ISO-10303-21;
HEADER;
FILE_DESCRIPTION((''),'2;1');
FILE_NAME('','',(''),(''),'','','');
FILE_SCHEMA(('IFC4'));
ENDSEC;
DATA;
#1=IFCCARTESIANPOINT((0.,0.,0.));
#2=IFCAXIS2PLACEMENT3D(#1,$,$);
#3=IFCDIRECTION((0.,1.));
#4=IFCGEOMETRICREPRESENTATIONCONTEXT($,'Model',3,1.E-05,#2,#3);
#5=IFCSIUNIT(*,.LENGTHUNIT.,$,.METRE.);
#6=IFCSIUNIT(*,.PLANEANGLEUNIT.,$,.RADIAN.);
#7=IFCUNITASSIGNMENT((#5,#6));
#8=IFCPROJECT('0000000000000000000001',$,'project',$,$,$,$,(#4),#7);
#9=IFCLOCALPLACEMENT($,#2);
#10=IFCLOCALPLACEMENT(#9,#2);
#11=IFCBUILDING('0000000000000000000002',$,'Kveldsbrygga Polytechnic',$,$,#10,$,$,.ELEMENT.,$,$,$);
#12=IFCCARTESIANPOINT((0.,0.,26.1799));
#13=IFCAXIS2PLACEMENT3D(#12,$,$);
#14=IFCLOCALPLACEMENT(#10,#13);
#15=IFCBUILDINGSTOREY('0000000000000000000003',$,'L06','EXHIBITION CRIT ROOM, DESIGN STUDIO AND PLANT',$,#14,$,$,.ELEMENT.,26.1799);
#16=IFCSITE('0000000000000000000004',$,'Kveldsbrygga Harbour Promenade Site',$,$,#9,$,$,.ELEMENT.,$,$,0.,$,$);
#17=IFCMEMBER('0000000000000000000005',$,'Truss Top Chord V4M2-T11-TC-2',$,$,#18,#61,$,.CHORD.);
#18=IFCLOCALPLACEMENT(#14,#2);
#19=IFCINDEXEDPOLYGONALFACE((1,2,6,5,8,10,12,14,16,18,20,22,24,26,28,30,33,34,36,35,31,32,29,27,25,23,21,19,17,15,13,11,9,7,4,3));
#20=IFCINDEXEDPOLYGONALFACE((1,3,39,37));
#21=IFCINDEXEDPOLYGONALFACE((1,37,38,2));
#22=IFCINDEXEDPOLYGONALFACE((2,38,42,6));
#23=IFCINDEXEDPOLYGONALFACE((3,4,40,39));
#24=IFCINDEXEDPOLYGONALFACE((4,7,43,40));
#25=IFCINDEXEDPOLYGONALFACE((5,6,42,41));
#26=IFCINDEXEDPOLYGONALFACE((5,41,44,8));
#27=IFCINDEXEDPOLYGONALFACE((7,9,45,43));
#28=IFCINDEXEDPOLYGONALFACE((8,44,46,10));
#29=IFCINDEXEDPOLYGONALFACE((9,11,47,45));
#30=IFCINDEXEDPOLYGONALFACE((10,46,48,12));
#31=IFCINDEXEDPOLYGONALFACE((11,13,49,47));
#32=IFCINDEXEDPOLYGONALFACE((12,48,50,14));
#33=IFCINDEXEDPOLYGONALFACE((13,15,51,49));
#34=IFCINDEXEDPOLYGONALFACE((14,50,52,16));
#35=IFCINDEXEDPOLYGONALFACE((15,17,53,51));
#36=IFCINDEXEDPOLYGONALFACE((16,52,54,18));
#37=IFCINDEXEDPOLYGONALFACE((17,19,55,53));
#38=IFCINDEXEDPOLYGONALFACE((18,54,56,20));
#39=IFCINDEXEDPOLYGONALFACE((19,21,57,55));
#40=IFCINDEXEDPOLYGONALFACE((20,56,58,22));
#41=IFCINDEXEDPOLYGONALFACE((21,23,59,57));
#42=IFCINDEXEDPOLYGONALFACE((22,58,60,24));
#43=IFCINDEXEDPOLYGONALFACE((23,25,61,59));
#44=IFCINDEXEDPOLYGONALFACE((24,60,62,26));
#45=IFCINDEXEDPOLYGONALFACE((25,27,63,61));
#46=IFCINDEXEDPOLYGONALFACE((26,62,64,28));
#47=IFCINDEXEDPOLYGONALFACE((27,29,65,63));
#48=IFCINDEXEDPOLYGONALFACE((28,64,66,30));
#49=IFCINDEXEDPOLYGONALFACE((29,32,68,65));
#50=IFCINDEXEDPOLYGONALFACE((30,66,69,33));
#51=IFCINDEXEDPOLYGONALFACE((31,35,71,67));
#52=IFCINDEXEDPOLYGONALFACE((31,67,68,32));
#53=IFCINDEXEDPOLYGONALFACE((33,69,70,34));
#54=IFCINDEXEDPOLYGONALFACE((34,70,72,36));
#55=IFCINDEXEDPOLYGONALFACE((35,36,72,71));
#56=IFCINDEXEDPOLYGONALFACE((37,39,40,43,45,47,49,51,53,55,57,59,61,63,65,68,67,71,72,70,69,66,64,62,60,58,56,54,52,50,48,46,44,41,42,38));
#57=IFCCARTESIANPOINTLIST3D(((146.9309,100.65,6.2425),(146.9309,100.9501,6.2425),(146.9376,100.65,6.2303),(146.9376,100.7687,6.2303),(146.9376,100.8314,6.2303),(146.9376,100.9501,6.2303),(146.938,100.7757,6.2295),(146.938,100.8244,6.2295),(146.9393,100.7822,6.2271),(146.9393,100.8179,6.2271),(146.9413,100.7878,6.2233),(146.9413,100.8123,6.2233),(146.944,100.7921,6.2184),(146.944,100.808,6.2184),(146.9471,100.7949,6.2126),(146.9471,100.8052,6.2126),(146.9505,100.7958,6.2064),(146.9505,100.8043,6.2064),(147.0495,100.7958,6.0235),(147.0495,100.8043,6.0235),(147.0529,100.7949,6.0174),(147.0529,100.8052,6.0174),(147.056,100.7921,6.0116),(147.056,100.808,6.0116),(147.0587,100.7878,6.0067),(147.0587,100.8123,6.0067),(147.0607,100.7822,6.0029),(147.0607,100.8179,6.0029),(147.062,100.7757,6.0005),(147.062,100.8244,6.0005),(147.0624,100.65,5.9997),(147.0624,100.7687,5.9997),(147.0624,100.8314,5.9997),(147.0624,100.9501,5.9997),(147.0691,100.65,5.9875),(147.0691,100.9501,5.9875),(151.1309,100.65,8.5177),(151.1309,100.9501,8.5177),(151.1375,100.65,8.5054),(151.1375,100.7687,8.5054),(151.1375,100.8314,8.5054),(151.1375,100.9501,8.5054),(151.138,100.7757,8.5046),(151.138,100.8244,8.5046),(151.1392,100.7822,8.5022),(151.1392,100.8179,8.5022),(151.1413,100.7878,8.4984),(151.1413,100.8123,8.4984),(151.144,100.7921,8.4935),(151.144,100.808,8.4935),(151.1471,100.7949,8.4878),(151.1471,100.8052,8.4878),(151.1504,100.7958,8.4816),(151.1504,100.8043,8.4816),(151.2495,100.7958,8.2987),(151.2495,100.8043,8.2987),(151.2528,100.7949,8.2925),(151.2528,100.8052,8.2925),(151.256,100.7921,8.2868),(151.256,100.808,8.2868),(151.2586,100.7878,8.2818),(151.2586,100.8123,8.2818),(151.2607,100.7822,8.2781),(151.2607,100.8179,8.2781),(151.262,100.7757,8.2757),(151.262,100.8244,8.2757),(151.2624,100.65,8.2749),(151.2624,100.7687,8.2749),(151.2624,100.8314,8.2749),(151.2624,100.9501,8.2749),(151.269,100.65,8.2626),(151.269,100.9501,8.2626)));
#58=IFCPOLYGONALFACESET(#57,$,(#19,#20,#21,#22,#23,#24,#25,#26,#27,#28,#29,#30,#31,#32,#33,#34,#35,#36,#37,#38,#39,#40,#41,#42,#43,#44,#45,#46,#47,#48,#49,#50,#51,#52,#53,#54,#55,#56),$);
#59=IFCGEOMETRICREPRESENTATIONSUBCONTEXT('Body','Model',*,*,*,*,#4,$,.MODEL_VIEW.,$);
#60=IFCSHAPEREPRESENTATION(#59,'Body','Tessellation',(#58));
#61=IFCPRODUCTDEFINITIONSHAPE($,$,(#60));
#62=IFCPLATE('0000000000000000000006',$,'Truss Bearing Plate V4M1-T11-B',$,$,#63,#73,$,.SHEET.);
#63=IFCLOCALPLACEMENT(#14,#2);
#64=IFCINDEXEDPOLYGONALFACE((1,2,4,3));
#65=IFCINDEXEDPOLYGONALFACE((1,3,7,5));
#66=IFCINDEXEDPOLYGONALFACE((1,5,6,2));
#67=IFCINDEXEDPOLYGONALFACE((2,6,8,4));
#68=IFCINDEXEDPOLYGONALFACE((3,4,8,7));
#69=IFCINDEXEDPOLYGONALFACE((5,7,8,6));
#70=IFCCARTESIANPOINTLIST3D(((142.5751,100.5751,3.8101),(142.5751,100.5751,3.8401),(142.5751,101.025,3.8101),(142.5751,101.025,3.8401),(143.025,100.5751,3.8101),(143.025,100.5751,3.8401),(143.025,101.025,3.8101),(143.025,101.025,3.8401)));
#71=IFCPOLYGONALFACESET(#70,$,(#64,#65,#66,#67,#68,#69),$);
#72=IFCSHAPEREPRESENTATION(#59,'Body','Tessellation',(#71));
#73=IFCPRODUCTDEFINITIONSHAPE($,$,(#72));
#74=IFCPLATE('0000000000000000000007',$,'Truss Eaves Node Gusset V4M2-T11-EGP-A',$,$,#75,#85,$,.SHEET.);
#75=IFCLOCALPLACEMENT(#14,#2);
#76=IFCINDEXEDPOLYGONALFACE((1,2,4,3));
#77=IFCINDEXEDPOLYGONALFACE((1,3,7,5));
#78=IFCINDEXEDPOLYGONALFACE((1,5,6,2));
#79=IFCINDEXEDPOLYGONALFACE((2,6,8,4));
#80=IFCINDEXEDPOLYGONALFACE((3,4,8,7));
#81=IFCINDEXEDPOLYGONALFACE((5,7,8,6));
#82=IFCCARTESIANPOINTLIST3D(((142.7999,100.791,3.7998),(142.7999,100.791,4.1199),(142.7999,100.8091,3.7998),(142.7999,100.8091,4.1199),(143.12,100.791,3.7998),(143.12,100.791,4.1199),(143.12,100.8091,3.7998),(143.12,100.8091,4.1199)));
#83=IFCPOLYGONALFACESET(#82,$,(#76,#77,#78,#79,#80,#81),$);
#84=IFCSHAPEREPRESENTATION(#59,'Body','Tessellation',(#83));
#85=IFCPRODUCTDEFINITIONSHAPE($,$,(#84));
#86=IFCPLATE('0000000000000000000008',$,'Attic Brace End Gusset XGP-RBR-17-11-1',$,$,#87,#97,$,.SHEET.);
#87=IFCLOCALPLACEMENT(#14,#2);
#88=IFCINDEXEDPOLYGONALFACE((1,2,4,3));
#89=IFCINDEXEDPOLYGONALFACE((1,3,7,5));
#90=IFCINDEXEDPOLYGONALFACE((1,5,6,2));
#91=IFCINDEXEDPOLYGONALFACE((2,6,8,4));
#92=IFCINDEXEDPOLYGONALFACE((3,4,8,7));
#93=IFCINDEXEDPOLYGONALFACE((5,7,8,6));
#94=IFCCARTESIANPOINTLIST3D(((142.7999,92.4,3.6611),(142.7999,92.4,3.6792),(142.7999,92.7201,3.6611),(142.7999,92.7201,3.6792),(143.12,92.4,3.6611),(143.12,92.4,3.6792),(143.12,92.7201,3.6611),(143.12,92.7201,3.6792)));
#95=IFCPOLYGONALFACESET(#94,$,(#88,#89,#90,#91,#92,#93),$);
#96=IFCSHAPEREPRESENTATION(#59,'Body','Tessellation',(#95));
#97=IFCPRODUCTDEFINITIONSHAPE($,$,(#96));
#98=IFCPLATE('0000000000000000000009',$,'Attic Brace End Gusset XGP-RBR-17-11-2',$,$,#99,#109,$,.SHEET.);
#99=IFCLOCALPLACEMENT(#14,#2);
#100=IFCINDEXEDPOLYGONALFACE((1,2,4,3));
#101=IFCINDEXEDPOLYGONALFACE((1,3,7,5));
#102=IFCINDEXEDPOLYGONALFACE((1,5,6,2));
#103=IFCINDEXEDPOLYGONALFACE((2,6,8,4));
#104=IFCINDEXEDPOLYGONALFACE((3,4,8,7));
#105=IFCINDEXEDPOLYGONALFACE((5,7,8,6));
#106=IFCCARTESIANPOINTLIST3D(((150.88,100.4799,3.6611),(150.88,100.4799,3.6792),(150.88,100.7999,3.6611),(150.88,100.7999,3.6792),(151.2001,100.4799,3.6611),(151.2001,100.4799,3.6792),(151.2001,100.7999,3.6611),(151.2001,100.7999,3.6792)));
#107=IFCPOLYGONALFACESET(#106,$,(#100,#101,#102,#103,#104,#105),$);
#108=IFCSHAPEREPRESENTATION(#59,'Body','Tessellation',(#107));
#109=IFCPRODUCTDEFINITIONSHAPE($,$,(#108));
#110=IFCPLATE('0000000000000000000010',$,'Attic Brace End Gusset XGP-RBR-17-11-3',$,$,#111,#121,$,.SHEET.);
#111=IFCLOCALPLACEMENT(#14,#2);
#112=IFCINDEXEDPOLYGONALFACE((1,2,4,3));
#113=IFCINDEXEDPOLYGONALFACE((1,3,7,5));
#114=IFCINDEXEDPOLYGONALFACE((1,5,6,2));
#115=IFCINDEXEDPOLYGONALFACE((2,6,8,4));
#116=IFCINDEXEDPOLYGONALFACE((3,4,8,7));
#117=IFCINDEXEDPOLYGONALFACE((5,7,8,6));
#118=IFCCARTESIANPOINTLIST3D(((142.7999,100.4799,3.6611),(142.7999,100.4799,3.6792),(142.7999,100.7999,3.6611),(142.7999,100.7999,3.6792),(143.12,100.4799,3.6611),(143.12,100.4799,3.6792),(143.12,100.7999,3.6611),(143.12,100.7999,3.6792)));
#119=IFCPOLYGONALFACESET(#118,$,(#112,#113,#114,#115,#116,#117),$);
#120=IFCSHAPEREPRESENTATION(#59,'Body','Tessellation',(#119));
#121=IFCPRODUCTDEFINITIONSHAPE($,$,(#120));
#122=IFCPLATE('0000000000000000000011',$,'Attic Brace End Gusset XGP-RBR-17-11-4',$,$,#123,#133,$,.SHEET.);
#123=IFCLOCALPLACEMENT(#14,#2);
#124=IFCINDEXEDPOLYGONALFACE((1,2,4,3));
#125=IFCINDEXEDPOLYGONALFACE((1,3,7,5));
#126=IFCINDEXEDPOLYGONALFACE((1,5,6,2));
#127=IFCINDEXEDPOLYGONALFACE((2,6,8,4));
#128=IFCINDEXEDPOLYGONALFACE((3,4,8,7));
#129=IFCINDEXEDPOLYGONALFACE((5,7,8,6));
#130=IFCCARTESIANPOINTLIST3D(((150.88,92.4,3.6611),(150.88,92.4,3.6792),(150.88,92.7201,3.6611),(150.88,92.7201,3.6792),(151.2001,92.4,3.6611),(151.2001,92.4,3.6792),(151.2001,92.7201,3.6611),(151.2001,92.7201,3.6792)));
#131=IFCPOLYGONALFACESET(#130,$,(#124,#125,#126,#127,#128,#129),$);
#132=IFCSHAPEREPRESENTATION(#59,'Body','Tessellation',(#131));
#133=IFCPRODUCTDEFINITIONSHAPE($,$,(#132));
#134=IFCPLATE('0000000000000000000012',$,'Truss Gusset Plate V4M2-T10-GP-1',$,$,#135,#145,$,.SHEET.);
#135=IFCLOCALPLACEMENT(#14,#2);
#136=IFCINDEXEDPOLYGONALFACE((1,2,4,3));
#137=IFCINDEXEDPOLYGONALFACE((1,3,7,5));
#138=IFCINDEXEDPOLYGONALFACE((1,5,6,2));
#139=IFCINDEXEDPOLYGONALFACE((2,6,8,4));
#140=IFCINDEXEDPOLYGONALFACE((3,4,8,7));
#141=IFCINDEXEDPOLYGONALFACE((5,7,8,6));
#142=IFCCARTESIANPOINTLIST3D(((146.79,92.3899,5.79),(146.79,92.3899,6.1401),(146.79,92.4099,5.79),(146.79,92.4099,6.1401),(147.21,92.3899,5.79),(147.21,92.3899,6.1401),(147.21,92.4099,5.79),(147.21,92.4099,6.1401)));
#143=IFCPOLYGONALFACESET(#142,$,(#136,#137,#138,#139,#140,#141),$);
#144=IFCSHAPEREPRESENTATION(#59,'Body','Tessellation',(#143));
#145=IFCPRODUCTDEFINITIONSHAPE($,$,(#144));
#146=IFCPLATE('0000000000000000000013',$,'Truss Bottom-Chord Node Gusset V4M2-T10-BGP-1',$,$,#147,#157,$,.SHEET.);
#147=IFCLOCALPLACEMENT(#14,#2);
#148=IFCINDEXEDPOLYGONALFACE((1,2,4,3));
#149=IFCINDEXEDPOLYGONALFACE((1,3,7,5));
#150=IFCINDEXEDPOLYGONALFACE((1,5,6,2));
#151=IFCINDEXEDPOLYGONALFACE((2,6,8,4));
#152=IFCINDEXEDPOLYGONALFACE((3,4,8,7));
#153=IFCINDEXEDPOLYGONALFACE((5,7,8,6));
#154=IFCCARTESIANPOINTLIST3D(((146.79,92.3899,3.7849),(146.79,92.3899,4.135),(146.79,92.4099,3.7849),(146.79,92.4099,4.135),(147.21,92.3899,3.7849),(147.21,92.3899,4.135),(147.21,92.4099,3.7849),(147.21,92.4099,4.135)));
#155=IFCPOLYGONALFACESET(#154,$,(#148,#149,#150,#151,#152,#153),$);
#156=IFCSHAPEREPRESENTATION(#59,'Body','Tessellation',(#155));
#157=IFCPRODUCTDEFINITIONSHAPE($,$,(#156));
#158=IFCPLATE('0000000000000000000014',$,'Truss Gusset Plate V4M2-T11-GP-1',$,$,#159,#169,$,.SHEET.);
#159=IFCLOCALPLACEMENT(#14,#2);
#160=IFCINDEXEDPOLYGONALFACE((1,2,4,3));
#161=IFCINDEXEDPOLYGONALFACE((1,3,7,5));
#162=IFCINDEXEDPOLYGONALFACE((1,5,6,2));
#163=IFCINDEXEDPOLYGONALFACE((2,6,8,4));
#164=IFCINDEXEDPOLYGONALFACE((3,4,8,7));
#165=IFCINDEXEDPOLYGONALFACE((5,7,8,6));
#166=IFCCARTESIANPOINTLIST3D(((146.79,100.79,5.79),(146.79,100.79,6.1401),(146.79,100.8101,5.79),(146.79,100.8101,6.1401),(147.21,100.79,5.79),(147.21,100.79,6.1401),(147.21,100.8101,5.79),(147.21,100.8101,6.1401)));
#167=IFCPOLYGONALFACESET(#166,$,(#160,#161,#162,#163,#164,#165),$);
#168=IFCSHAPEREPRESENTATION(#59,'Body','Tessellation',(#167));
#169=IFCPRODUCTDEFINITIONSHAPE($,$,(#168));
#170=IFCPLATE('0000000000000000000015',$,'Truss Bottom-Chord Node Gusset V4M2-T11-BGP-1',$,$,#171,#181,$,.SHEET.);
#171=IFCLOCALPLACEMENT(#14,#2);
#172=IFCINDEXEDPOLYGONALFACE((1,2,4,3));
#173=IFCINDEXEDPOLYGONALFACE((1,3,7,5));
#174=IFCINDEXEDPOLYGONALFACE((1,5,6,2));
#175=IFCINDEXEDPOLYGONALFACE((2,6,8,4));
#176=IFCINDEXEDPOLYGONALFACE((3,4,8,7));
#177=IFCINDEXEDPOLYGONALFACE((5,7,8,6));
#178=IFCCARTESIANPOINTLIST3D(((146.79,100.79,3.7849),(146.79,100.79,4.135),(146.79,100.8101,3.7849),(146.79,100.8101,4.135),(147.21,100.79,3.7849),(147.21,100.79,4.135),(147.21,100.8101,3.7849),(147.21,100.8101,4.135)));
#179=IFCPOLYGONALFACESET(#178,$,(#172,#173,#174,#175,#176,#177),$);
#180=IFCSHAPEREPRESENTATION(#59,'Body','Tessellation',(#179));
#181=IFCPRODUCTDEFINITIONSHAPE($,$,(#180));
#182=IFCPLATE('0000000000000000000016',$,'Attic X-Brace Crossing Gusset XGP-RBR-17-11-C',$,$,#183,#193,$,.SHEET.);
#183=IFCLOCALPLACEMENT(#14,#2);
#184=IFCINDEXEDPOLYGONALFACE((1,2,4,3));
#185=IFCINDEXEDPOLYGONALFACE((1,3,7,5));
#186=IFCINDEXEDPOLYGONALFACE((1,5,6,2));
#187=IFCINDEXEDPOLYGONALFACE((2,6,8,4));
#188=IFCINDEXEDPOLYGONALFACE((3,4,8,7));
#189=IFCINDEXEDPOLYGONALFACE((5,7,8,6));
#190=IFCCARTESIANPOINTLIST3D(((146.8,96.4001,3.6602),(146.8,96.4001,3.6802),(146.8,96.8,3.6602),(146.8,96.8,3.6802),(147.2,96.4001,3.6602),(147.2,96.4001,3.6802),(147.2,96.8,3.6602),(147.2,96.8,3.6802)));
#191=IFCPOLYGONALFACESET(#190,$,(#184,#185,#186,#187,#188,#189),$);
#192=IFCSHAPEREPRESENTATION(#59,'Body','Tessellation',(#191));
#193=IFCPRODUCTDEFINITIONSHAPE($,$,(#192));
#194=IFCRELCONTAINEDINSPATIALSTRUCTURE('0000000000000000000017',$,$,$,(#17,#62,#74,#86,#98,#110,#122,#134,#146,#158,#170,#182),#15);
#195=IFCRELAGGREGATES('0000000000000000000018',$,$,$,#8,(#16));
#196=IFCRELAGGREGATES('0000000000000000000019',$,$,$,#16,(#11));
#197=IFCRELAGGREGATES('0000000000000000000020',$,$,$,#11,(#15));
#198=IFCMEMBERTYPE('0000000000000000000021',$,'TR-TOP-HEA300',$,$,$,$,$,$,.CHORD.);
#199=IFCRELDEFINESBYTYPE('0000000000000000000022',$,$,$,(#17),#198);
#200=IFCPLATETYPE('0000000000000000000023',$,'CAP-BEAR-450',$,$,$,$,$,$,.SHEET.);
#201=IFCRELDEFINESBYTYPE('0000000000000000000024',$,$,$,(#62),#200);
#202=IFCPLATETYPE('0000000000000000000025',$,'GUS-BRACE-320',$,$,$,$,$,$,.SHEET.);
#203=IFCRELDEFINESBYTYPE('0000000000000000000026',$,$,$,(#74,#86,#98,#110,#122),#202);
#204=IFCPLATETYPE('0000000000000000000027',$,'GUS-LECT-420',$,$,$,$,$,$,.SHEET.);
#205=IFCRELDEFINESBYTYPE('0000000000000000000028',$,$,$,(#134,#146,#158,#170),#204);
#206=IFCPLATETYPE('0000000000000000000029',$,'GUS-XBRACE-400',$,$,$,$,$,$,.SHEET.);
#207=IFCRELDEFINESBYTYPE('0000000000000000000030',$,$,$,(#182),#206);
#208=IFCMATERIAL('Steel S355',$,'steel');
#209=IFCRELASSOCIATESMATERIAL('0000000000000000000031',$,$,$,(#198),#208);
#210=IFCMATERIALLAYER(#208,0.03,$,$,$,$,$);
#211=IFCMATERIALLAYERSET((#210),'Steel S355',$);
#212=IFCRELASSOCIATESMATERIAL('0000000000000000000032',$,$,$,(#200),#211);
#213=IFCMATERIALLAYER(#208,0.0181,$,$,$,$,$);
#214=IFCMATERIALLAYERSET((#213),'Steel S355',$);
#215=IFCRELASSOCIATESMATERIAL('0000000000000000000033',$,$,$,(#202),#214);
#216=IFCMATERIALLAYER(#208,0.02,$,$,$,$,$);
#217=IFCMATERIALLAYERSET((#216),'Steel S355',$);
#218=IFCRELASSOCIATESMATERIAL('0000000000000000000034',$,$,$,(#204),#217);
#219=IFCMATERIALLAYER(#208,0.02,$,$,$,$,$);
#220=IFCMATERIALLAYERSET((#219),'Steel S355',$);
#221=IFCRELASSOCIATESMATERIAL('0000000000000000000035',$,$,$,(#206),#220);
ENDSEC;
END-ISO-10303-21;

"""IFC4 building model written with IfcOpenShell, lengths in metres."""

from ifc_helpers import new_model, si_unit, direction, frame, origin, origin_2d, place, context, subcontext, project, spatial, rectangle, i_section, extrude, material, layer, layer_set, material_profile, profile_set, type_object, element, save


model = new_model("IFC4")

# Units and contexts
model_context = context("Model", 3, precision=1e-05, world=origin(), true_north=direction((0.0, 1.0)))
body_context = subcontext(model_context, "Body", "Model", "MODEL_VIEW")
ifc_project = project(units=[si_unit("LENGTHUNIT", "METRE"), si_unit("PLANEANGLEUNIT", "RADIAN")], contexts=[model_context])

# Site, building, storey
site_placement = place(None, origin())
site = spatial("IfcSite", under=ifc_project, at=site_placement, Name="Kveldsbrygga Harbour Promenade Site", CompositionType="ELEMENT", RefElevation=0.0)
building_placement = place(site_placement, origin())
building = spatial("IfcBuilding", under=site, at=building_placement, Name="Kveldsbrygga Polytechnic", CompositionType="ELEMENT")
storey_placement = place(building_placement, frame((0.0, 0.0, 26.1799)))
storey = spatial("IfcBuildingStorey", under=building, at=storey_placement, Name="L06", Description="EXHIBITION CRIT ROOM, DESIGN STUDIO AND PLANT", CompositionType="ELEMENT", Elevation=26.1799)

# Member
ifc_material_1 = material(Name="Steel S355", Category="steel")
ifc_material_profile_1 = material_profile(ifc_material_1, i_section(OverallWidth=0.3, OverallDepth=0.29, WebThickness=0.0085, FlangeThickness=0.0139, FilletRadius=0.0271, at=origin_2d()), Name="HEA 300")
ifc_profile_set_1 = profile_set([ifc_material_profile_1], Name="Steel S355")
member_type_1 = type_object("IfcMemberType", Name="TR-TOP-HEA300", PredefinedType="CHORD", material=ifc_profile_set_1)
member_1_placement = place(storey_placement, frame((147.0, 100.8, 6.115), z_axis=(0.879277, 0.0, 0.476311), x_axis=(0.0, 1.0, 0.0)))
element("IfcMember", 1, at=member_1_placement, inside=storey, type_object=member_type_1, Name="Truss Top Chord V4M2-T11-TC-2", PredefinedType="CHORD", context=body_context, shape_type="SweptSolid", body=[
    extrude(i_section(OverallWidth=0.3, OverallDepth=0.29, WebThickness=0.0085, FlangeThickness=0.0139, FilletRadius=0.0271, at=origin_2d()), origin(), (0.0, 0.0, 1.0), 4.7766),
])

# Plates
ifc_layer_1 = layer(ifc_material_1, 0.03)
ifc_layer_set_1 = layer_set([ifc_layer_1], Name="Steel S355")
plate_type_1 = type_object("IfcPlateType", Name="CAP-BEAR-450", PredefinedType="SHEET", material=ifc_layer_set_1)
plate_1_placement = place(storey_placement, frame((142.8, 100.8, 3.8101), z_axis=(0.0, 0.0, 1.0), x_axis=(1.0, 0.0, 0.0)))
element("IfcPlate", 2, at=plate_1_placement, inside=storey, type_object=plate_type_1, Name="Truss Bearing Plate V4M1-T11-B", PredefinedType="SHEET", context=body_context, shape_type="SweptSolid", body=[
    extrude(rectangle(XDim=0.45, YDim=0.45, at=origin_2d()), origin(), (0.0, 0.0, 1.0), 0.03),
])
ifc_layer_2 = layer(ifc_material_1, 0.0181)
ifc_layer_set_2 = layer_set([ifc_layer_2], Name="Steel S355")
plate_type_2 = type_object("IfcPlateType", Name="GUS-BRACE-320", PredefinedType="SHEET", material=ifc_layer_set_2)
plate_2_placement = place(storey_placement, frame((142.96, 100.8, 3.7998), z_axis=(0.0, 0.0, 1.0), x_axis=(1.0, 0.0, 0.0)))
element("IfcPlate", 3, at=plate_2_placement, inside=storey, type_object=plate_type_2, Name="Truss Eaves Node Gusset V4M2-T11-EGP-A", PredefinedType="SHEET", context=body_context, shape_type="SweptSolid", body=[
    extrude(rectangle(XDim=0.3201, YDim=0.0181, at=origin_2d()), origin(), (0.0, 0.0, 1.0), 0.3201),
])
for number, where, z_axis, x_axis, name in (
    (4, (142.96, 92.5601, 3.6611), (0.0, 0.0, 1.0), (1.0, 0.0, 0.0), "Attic Brace End Gusset XGP-RBR-17-11-1"),
    (5, (151.04, 100.6399, 3.6611), (0.0, 0.0, 1.0), (1.0, 0.0, 0.0), "Attic Brace End Gusset XGP-RBR-17-11-2"),
    (6, (142.96, 100.6399, 3.6611), (0.0, 0.0, 1.0), (1.0, 0.0, 0.0), "Attic Brace End Gusset XGP-RBR-17-11-3"),
    (7, (151.04, 92.5601, 3.6611), (0.0, 0.0, 1.0), (1.0, 0.0, 0.0), "Attic Brace End Gusset XGP-RBR-17-11-4"),
):
    element("IfcPlate", number, at=place(storey_placement, frame(where, z_axis=z_axis, x_axis=x_axis)), inside=storey, type_object=plate_type_2, Name=name, PredefinedType="SHEET", context=body_context, shape_type="SweptSolid", body=[
        extrude(rectangle(XDim=0.3201, YDim=0.3201, at=origin_2d()), origin(), (0.0, 0.0, 1.0), 0.0181),
    ])
ifc_layer_3 = layer(ifc_material_1, 0.02)
ifc_layer_set_3 = layer_set([ifc_layer_3], Name="Steel S355")
plate_type_3 = type_object("IfcPlateType", Name="GUS-LECT-420", PredefinedType="SHEET", material=ifc_layer_set_3)
for number, where, z_axis, x_axis, name in (
    (8, (147.0, 92.3999, 5.79), (0.0, 0.0, 1.0), (1.0, 0.0, 0.0), "Truss Gusset Plate V4M2-T10-GP-1"),
    (9, (147.0, 92.3999, 3.7849), (0.0, 0.0, 1.0), (1.0, 0.0, 0.0), "Truss Bottom-Chord Node Gusset V4M2-T10-BGP-1"),
    (10, (147.0, 100.8, 5.79), (0.0, 0.0, 1.0), (1.0, 0.0, 0.0), "Truss Gusset Plate V4M2-T11-GP-1"),
    (11, (147.0, 100.8, 3.7849), (0.0, 0.0, 1.0), (1.0, 0.0, 0.0), "Truss Bottom-Chord Node Gusset V4M2-T11-BGP-1"),
):
    element("IfcPlate", number, at=place(storey_placement, frame(where, z_axis=z_axis, x_axis=x_axis)), inside=storey, type_object=plate_type_3, Name=name, PredefinedType="SHEET", context=body_context, shape_type="SweptSolid", body=[
        extrude(rectangle(XDim=0.4199, YDim=0.02, at=origin_2d()), origin(), (0.0, 0.0, 1.0), 0.3501),
    ])
ifc_layer_4 = layer(ifc_material_1, 0.02)
ifc_layer_set_4 = layer_set([ifc_layer_4], Name="Steel S355")
plate_type_4 = type_object("IfcPlateType", Name="GUS-XBRACE-400", PredefinedType="SHEET", material=ifc_layer_set_4)
plate_3_placement = place(storey_placement, frame((147.0, 96.6001, 3.6602), z_axis=(0.0, 0.0, 1.0), x_axis=(1.0, 0.0, 0.0)))
element("IfcPlate", 12, at=plate_3_placement, inside=storey, type_object=plate_type_4, Name="Attic X-Brace Crossing Gusset XGP-RBR-17-11-C", PredefinedType="SHEET", context=body_context, shape_type="SweptSolid", body=[
    extrude(rectangle(XDim=0.3999, YDim=0.3999, at=origin_2d()), origin(), (0.0, 0.0, 1.0), 0.02),
])

save(model, "model.ifc")
